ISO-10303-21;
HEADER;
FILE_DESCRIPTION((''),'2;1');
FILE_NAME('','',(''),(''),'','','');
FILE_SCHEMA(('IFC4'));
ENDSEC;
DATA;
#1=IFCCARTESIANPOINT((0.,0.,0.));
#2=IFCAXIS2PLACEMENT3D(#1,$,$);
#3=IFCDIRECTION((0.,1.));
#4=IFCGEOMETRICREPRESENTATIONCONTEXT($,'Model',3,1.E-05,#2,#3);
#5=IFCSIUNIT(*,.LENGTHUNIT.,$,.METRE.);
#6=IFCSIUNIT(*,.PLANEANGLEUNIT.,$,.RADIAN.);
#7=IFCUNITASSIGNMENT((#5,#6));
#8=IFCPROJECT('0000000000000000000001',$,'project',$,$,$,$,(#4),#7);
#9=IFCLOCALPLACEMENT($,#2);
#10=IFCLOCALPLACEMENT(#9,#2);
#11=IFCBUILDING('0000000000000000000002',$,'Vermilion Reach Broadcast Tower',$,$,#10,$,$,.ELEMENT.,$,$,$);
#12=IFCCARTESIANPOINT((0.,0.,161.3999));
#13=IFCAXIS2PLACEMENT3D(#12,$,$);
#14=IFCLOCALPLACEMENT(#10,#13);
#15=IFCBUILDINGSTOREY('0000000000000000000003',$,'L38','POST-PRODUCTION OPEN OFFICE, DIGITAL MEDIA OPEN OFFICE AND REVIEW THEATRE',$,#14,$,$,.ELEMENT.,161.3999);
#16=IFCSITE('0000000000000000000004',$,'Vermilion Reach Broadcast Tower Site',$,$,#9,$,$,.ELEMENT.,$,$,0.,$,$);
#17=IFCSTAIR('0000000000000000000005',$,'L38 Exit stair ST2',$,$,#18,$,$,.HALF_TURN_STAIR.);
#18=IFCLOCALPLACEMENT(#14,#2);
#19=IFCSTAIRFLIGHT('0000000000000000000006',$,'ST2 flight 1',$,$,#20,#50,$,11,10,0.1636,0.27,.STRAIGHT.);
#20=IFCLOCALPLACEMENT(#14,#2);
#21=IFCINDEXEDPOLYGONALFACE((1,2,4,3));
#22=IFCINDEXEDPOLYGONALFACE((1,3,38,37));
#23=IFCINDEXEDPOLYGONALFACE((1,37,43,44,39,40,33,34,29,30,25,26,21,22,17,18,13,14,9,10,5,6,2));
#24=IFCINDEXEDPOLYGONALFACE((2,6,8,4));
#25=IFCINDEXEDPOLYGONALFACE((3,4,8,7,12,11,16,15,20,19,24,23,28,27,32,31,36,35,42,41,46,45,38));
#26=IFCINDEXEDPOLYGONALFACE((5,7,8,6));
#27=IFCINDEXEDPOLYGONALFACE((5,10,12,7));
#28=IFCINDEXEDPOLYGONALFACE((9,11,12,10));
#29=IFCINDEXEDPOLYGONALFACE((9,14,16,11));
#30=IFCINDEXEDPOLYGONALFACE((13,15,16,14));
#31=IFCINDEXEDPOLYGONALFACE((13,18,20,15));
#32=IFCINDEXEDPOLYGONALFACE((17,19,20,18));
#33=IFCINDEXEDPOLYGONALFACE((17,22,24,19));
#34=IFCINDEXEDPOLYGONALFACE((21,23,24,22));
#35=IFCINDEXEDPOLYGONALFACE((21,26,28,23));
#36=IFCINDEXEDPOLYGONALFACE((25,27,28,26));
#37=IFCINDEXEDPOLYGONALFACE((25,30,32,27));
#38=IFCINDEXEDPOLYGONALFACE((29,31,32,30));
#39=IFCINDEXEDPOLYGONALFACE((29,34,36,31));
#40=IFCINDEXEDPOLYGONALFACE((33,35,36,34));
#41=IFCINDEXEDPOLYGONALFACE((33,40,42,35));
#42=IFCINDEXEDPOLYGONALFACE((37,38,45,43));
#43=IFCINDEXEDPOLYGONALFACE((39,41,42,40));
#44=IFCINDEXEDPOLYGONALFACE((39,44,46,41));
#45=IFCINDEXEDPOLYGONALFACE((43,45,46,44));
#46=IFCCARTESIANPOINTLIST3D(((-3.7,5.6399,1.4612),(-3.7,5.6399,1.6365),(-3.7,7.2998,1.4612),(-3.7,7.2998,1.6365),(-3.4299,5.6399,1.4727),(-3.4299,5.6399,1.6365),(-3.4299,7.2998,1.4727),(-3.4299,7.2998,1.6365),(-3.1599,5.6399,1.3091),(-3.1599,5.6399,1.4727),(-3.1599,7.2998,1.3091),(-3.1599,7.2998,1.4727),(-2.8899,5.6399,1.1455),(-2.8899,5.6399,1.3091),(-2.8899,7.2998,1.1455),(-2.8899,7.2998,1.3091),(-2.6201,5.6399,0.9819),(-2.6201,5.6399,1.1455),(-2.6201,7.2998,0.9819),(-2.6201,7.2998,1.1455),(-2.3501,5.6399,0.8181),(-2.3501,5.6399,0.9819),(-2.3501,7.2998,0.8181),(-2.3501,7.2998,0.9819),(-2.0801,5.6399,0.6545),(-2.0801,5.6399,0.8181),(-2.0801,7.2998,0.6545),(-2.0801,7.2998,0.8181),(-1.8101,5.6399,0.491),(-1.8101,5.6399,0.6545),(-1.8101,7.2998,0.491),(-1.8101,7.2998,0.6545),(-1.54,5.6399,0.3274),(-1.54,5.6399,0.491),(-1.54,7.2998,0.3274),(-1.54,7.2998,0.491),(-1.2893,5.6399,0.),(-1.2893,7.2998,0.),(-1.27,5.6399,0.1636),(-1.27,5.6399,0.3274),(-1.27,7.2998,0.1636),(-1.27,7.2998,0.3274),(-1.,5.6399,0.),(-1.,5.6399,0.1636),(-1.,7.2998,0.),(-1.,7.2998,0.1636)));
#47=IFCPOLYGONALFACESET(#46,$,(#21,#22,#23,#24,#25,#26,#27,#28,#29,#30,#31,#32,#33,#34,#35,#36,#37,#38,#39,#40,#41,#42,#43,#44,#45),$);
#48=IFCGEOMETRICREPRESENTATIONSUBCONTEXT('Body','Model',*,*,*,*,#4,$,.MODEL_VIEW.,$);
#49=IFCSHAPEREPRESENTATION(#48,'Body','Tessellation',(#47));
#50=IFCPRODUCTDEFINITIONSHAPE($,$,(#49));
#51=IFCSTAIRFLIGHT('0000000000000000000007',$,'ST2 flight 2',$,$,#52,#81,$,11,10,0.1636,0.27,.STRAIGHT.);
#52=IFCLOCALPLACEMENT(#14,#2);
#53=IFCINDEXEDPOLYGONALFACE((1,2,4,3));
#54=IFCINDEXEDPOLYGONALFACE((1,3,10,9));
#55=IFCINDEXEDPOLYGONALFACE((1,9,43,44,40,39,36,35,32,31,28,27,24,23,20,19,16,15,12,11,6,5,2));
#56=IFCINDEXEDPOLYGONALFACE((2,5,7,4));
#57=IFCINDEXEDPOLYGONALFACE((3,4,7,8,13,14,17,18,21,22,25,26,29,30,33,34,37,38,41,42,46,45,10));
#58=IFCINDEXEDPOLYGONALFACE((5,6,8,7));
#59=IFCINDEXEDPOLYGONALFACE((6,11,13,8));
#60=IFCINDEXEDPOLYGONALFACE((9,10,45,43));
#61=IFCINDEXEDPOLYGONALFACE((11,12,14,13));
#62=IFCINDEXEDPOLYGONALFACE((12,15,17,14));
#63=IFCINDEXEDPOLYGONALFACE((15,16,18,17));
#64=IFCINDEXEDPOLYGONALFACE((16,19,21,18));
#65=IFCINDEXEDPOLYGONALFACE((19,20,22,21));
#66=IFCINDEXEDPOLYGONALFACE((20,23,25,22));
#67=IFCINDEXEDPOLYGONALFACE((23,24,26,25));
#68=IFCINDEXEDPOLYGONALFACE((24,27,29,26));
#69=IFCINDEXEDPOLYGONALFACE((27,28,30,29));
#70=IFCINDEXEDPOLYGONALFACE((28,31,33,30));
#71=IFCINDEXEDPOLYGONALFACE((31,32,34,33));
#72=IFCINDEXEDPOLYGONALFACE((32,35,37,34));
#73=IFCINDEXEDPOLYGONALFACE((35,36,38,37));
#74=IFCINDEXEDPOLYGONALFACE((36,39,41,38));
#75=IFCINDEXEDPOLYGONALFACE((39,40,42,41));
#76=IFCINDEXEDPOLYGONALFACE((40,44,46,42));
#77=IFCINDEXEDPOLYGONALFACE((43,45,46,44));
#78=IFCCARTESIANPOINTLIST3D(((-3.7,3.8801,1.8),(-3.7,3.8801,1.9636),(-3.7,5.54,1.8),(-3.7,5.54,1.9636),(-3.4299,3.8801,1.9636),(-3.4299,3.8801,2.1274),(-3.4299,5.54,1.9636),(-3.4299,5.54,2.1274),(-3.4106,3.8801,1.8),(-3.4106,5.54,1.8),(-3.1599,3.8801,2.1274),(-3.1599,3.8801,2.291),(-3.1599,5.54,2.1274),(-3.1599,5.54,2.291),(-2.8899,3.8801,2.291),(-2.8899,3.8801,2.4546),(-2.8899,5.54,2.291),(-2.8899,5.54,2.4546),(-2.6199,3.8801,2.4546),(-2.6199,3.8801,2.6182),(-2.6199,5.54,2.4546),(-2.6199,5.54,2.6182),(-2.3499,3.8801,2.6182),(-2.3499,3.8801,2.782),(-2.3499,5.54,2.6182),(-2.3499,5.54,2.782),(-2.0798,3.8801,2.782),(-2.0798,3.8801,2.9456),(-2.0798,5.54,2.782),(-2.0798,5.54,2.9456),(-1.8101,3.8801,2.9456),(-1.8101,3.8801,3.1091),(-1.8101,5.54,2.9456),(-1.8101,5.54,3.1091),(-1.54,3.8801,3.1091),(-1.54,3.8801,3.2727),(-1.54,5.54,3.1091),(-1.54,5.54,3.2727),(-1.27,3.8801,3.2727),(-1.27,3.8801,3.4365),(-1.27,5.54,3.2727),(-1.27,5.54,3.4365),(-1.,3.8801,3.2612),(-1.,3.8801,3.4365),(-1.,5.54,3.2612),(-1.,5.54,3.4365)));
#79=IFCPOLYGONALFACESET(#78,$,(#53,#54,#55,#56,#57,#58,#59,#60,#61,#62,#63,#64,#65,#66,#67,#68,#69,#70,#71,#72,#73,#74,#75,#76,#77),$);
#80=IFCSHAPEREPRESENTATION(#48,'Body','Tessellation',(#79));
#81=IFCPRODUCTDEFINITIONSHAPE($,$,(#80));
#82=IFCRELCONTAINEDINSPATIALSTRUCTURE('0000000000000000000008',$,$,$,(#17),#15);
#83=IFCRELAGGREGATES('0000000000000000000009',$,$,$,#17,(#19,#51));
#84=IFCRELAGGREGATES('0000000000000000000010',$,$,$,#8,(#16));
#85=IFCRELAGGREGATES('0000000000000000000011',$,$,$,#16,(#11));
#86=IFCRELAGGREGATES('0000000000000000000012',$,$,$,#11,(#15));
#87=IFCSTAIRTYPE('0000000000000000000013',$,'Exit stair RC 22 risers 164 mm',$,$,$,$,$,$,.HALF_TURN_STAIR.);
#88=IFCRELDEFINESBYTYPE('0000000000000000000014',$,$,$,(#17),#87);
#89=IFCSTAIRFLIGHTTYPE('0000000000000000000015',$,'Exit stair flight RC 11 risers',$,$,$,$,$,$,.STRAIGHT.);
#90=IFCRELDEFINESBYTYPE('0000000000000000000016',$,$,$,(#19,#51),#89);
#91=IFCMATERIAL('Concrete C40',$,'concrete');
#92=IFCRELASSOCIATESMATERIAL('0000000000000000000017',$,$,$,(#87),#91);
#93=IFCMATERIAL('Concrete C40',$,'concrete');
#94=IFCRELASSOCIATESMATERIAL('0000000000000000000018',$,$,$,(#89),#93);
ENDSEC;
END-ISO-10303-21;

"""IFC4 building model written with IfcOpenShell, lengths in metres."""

from ifc_helpers import new_model, si_unit, direction, frame, origin, place, context, subcontext, project, spatial, polyline, outline, extrude, material, type_object, element, aggregate, save


model = new_model("IFC4")

# Units and contexts
model_context = context("Model", 3, precision=1e-05, world=origin(), true_north=direction((0.0, 1.0)))
body_context = subcontext(model_context, "Body", "Model", "MODEL_VIEW")
ifc_project = project(units=[si_unit("LENGTHUNIT", "METRE"), si_unit("PLANEANGLEUNIT", "RADIAN")], contexts=[model_context])

# Site, building, storey
site_placement = place(None, origin())
site = spatial("IfcSite", under=ifc_project, at=site_placement, Name="Vermilion Reach Broadcast Tower Site", CompositionType="ELEMENT", RefElevation=0.0)
building_placement = place(site_placement, origin())
building = spatial("IfcBuilding", under=site, at=building_placement, Name="Vermilion Reach Broadcast Tower", CompositionType="ELEMENT")
storey_placement = place(building_placement, frame((0.0, 0.0, 161.3999)))
storey = spatial("IfcBuildingStorey", under=building, at=storey_placement, Name="L38", Description="POST-PRODUCTION OPEN OFFICE, DIGITAL MEDIA OPEN OFFICE AND REVIEW THEATRE", CompositionType="ELEMENT", Elevation=161.3999)

# Shared definitions
ifc_material_1 = material(Name="Concrete C40", Category="concrete")
stair_type = type_object("IfcStairType", Name="Exit stair RC 22 risers 164 mm", PredefinedType="HALF_TURN_STAIR", material=ifc_material_1)
placement = place(storey_placement, origin())

# Stair, stair flights
stair_1 = element("IfcStair", 1, at=placement, inside=storey, type_object=stair_type, Name="L38 Exit stair ST2", PredefinedType="HALF_TURN_STAIR")
ifc_material_2 = material(Name="Concrete C40", Category="concrete")
stair_flight_type = type_object("IfcStairFlightType", Name="Exit stair flight RC 11 risers", PredefinedType="STRAIGHT", material=ifc_material_2)
stair_flight_1_placement = place(storey_placement, frame((-1.0, 6.47, 0.0), z_axis=(0.0, 0.0, 1.0), x_axis=(-1.0, 0.0, 0.0)))
stair_flight_1 = element("IfcStairFlight", 2, at=stair_flight_1_placement, type_object=stair_flight_type, Name="ST2 flight 1", NumberOfRisers=11, NumberOfTreads=10, PredefinedType="STRAIGHT", RiserHeight=0.1636, TreadLength=0.27, context=body_context, shape_type="SweptSolid", body=[
    extrude(outline(polyline([(0.0, 0.0), (0.0, 0.1636), (0.27, 0.1636), (0.27, 0.3274), (0.54, 0.3274), (0.54, 0.491), (0.8101, 0.491), (0.8101, 0.6545), (1.0801, 0.6545), (1.0801, 0.8181), (1.3501, 0.8181), (1.3501, 0.9819), (1.6201, 0.9819), (1.6201, 1.1455), (1.8899, 1.1455), (1.8899, 1.3091), (2.1599, 1.3091), (2.1599, 1.4727), (2.4299, 1.4727), (2.4299, 1.6365), (2.7, 1.6365), (2.7, 1.8), (2.7, 1.4612), (0.2893, 0.0), (0.0, 0.0)])), frame((0.0, 0.8301, 0.0), z_axis=(0.0, -1.0, 0.0), x_axis=(1.0, 0.0, 0.0)), (0.0, 0.0, 1.0), 1.6599),
])
stair_flight_2_placement = place(storey_placement, frame((-3.7, 4.71, 1.8), z_axis=(0.0, 0.0, 1.0), x_axis=(1.0, 0.0, 0.0)))
stair_flight_2 = element("IfcStairFlight", 3, at=stair_flight_2_placement, type_object=stair_flight_type, Name="ST2 flight 2", NumberOfRisers=11, NumberOfTreads=10, PredefinedType="STRAIGHT", RiserHeight=0.1636, TreadLength=0.27, context=body_context, shape_type="SweptSolid", body=[
    extrude(outline(polyline([(0.0, 0.0), (0.0, 0.1636), (0.27, 0.1636), (0.27, 0.3274), (0.54, 0.3274), (0.54, 0.491), (0.8101, 0.491), (0.8101, 0.6545), (1.0801, 0.6545), (1.0801, 0.8181), (1.3501, 0.8181), (1.3501, 0.9819), (1.6201, 0.9819), (1.6201, 1.1455), (1.8899, 1.1455), (1.8899, 1.3091), (2.1599, 1.3091), (2.1599, 1.4727), (2.4299, 1.4727), (2.4299, 1.6365), (2.7, 1.6365), (2.7, 1.8), (2.7, 1.4612), (0.2893, 0.0), (0.0, 0.0)])), frame((0.0, 0.8301, 0.0), z_axis=(0.0, -1.0, 0.0), x_axis=(1.0, 0.0, 0.0)), (0.0, 0.0, 1.0), 1.6599),
])
aggregate(stair_1, [stair_flight_1, stair_flight_2])

save(model, "model.ifc")
